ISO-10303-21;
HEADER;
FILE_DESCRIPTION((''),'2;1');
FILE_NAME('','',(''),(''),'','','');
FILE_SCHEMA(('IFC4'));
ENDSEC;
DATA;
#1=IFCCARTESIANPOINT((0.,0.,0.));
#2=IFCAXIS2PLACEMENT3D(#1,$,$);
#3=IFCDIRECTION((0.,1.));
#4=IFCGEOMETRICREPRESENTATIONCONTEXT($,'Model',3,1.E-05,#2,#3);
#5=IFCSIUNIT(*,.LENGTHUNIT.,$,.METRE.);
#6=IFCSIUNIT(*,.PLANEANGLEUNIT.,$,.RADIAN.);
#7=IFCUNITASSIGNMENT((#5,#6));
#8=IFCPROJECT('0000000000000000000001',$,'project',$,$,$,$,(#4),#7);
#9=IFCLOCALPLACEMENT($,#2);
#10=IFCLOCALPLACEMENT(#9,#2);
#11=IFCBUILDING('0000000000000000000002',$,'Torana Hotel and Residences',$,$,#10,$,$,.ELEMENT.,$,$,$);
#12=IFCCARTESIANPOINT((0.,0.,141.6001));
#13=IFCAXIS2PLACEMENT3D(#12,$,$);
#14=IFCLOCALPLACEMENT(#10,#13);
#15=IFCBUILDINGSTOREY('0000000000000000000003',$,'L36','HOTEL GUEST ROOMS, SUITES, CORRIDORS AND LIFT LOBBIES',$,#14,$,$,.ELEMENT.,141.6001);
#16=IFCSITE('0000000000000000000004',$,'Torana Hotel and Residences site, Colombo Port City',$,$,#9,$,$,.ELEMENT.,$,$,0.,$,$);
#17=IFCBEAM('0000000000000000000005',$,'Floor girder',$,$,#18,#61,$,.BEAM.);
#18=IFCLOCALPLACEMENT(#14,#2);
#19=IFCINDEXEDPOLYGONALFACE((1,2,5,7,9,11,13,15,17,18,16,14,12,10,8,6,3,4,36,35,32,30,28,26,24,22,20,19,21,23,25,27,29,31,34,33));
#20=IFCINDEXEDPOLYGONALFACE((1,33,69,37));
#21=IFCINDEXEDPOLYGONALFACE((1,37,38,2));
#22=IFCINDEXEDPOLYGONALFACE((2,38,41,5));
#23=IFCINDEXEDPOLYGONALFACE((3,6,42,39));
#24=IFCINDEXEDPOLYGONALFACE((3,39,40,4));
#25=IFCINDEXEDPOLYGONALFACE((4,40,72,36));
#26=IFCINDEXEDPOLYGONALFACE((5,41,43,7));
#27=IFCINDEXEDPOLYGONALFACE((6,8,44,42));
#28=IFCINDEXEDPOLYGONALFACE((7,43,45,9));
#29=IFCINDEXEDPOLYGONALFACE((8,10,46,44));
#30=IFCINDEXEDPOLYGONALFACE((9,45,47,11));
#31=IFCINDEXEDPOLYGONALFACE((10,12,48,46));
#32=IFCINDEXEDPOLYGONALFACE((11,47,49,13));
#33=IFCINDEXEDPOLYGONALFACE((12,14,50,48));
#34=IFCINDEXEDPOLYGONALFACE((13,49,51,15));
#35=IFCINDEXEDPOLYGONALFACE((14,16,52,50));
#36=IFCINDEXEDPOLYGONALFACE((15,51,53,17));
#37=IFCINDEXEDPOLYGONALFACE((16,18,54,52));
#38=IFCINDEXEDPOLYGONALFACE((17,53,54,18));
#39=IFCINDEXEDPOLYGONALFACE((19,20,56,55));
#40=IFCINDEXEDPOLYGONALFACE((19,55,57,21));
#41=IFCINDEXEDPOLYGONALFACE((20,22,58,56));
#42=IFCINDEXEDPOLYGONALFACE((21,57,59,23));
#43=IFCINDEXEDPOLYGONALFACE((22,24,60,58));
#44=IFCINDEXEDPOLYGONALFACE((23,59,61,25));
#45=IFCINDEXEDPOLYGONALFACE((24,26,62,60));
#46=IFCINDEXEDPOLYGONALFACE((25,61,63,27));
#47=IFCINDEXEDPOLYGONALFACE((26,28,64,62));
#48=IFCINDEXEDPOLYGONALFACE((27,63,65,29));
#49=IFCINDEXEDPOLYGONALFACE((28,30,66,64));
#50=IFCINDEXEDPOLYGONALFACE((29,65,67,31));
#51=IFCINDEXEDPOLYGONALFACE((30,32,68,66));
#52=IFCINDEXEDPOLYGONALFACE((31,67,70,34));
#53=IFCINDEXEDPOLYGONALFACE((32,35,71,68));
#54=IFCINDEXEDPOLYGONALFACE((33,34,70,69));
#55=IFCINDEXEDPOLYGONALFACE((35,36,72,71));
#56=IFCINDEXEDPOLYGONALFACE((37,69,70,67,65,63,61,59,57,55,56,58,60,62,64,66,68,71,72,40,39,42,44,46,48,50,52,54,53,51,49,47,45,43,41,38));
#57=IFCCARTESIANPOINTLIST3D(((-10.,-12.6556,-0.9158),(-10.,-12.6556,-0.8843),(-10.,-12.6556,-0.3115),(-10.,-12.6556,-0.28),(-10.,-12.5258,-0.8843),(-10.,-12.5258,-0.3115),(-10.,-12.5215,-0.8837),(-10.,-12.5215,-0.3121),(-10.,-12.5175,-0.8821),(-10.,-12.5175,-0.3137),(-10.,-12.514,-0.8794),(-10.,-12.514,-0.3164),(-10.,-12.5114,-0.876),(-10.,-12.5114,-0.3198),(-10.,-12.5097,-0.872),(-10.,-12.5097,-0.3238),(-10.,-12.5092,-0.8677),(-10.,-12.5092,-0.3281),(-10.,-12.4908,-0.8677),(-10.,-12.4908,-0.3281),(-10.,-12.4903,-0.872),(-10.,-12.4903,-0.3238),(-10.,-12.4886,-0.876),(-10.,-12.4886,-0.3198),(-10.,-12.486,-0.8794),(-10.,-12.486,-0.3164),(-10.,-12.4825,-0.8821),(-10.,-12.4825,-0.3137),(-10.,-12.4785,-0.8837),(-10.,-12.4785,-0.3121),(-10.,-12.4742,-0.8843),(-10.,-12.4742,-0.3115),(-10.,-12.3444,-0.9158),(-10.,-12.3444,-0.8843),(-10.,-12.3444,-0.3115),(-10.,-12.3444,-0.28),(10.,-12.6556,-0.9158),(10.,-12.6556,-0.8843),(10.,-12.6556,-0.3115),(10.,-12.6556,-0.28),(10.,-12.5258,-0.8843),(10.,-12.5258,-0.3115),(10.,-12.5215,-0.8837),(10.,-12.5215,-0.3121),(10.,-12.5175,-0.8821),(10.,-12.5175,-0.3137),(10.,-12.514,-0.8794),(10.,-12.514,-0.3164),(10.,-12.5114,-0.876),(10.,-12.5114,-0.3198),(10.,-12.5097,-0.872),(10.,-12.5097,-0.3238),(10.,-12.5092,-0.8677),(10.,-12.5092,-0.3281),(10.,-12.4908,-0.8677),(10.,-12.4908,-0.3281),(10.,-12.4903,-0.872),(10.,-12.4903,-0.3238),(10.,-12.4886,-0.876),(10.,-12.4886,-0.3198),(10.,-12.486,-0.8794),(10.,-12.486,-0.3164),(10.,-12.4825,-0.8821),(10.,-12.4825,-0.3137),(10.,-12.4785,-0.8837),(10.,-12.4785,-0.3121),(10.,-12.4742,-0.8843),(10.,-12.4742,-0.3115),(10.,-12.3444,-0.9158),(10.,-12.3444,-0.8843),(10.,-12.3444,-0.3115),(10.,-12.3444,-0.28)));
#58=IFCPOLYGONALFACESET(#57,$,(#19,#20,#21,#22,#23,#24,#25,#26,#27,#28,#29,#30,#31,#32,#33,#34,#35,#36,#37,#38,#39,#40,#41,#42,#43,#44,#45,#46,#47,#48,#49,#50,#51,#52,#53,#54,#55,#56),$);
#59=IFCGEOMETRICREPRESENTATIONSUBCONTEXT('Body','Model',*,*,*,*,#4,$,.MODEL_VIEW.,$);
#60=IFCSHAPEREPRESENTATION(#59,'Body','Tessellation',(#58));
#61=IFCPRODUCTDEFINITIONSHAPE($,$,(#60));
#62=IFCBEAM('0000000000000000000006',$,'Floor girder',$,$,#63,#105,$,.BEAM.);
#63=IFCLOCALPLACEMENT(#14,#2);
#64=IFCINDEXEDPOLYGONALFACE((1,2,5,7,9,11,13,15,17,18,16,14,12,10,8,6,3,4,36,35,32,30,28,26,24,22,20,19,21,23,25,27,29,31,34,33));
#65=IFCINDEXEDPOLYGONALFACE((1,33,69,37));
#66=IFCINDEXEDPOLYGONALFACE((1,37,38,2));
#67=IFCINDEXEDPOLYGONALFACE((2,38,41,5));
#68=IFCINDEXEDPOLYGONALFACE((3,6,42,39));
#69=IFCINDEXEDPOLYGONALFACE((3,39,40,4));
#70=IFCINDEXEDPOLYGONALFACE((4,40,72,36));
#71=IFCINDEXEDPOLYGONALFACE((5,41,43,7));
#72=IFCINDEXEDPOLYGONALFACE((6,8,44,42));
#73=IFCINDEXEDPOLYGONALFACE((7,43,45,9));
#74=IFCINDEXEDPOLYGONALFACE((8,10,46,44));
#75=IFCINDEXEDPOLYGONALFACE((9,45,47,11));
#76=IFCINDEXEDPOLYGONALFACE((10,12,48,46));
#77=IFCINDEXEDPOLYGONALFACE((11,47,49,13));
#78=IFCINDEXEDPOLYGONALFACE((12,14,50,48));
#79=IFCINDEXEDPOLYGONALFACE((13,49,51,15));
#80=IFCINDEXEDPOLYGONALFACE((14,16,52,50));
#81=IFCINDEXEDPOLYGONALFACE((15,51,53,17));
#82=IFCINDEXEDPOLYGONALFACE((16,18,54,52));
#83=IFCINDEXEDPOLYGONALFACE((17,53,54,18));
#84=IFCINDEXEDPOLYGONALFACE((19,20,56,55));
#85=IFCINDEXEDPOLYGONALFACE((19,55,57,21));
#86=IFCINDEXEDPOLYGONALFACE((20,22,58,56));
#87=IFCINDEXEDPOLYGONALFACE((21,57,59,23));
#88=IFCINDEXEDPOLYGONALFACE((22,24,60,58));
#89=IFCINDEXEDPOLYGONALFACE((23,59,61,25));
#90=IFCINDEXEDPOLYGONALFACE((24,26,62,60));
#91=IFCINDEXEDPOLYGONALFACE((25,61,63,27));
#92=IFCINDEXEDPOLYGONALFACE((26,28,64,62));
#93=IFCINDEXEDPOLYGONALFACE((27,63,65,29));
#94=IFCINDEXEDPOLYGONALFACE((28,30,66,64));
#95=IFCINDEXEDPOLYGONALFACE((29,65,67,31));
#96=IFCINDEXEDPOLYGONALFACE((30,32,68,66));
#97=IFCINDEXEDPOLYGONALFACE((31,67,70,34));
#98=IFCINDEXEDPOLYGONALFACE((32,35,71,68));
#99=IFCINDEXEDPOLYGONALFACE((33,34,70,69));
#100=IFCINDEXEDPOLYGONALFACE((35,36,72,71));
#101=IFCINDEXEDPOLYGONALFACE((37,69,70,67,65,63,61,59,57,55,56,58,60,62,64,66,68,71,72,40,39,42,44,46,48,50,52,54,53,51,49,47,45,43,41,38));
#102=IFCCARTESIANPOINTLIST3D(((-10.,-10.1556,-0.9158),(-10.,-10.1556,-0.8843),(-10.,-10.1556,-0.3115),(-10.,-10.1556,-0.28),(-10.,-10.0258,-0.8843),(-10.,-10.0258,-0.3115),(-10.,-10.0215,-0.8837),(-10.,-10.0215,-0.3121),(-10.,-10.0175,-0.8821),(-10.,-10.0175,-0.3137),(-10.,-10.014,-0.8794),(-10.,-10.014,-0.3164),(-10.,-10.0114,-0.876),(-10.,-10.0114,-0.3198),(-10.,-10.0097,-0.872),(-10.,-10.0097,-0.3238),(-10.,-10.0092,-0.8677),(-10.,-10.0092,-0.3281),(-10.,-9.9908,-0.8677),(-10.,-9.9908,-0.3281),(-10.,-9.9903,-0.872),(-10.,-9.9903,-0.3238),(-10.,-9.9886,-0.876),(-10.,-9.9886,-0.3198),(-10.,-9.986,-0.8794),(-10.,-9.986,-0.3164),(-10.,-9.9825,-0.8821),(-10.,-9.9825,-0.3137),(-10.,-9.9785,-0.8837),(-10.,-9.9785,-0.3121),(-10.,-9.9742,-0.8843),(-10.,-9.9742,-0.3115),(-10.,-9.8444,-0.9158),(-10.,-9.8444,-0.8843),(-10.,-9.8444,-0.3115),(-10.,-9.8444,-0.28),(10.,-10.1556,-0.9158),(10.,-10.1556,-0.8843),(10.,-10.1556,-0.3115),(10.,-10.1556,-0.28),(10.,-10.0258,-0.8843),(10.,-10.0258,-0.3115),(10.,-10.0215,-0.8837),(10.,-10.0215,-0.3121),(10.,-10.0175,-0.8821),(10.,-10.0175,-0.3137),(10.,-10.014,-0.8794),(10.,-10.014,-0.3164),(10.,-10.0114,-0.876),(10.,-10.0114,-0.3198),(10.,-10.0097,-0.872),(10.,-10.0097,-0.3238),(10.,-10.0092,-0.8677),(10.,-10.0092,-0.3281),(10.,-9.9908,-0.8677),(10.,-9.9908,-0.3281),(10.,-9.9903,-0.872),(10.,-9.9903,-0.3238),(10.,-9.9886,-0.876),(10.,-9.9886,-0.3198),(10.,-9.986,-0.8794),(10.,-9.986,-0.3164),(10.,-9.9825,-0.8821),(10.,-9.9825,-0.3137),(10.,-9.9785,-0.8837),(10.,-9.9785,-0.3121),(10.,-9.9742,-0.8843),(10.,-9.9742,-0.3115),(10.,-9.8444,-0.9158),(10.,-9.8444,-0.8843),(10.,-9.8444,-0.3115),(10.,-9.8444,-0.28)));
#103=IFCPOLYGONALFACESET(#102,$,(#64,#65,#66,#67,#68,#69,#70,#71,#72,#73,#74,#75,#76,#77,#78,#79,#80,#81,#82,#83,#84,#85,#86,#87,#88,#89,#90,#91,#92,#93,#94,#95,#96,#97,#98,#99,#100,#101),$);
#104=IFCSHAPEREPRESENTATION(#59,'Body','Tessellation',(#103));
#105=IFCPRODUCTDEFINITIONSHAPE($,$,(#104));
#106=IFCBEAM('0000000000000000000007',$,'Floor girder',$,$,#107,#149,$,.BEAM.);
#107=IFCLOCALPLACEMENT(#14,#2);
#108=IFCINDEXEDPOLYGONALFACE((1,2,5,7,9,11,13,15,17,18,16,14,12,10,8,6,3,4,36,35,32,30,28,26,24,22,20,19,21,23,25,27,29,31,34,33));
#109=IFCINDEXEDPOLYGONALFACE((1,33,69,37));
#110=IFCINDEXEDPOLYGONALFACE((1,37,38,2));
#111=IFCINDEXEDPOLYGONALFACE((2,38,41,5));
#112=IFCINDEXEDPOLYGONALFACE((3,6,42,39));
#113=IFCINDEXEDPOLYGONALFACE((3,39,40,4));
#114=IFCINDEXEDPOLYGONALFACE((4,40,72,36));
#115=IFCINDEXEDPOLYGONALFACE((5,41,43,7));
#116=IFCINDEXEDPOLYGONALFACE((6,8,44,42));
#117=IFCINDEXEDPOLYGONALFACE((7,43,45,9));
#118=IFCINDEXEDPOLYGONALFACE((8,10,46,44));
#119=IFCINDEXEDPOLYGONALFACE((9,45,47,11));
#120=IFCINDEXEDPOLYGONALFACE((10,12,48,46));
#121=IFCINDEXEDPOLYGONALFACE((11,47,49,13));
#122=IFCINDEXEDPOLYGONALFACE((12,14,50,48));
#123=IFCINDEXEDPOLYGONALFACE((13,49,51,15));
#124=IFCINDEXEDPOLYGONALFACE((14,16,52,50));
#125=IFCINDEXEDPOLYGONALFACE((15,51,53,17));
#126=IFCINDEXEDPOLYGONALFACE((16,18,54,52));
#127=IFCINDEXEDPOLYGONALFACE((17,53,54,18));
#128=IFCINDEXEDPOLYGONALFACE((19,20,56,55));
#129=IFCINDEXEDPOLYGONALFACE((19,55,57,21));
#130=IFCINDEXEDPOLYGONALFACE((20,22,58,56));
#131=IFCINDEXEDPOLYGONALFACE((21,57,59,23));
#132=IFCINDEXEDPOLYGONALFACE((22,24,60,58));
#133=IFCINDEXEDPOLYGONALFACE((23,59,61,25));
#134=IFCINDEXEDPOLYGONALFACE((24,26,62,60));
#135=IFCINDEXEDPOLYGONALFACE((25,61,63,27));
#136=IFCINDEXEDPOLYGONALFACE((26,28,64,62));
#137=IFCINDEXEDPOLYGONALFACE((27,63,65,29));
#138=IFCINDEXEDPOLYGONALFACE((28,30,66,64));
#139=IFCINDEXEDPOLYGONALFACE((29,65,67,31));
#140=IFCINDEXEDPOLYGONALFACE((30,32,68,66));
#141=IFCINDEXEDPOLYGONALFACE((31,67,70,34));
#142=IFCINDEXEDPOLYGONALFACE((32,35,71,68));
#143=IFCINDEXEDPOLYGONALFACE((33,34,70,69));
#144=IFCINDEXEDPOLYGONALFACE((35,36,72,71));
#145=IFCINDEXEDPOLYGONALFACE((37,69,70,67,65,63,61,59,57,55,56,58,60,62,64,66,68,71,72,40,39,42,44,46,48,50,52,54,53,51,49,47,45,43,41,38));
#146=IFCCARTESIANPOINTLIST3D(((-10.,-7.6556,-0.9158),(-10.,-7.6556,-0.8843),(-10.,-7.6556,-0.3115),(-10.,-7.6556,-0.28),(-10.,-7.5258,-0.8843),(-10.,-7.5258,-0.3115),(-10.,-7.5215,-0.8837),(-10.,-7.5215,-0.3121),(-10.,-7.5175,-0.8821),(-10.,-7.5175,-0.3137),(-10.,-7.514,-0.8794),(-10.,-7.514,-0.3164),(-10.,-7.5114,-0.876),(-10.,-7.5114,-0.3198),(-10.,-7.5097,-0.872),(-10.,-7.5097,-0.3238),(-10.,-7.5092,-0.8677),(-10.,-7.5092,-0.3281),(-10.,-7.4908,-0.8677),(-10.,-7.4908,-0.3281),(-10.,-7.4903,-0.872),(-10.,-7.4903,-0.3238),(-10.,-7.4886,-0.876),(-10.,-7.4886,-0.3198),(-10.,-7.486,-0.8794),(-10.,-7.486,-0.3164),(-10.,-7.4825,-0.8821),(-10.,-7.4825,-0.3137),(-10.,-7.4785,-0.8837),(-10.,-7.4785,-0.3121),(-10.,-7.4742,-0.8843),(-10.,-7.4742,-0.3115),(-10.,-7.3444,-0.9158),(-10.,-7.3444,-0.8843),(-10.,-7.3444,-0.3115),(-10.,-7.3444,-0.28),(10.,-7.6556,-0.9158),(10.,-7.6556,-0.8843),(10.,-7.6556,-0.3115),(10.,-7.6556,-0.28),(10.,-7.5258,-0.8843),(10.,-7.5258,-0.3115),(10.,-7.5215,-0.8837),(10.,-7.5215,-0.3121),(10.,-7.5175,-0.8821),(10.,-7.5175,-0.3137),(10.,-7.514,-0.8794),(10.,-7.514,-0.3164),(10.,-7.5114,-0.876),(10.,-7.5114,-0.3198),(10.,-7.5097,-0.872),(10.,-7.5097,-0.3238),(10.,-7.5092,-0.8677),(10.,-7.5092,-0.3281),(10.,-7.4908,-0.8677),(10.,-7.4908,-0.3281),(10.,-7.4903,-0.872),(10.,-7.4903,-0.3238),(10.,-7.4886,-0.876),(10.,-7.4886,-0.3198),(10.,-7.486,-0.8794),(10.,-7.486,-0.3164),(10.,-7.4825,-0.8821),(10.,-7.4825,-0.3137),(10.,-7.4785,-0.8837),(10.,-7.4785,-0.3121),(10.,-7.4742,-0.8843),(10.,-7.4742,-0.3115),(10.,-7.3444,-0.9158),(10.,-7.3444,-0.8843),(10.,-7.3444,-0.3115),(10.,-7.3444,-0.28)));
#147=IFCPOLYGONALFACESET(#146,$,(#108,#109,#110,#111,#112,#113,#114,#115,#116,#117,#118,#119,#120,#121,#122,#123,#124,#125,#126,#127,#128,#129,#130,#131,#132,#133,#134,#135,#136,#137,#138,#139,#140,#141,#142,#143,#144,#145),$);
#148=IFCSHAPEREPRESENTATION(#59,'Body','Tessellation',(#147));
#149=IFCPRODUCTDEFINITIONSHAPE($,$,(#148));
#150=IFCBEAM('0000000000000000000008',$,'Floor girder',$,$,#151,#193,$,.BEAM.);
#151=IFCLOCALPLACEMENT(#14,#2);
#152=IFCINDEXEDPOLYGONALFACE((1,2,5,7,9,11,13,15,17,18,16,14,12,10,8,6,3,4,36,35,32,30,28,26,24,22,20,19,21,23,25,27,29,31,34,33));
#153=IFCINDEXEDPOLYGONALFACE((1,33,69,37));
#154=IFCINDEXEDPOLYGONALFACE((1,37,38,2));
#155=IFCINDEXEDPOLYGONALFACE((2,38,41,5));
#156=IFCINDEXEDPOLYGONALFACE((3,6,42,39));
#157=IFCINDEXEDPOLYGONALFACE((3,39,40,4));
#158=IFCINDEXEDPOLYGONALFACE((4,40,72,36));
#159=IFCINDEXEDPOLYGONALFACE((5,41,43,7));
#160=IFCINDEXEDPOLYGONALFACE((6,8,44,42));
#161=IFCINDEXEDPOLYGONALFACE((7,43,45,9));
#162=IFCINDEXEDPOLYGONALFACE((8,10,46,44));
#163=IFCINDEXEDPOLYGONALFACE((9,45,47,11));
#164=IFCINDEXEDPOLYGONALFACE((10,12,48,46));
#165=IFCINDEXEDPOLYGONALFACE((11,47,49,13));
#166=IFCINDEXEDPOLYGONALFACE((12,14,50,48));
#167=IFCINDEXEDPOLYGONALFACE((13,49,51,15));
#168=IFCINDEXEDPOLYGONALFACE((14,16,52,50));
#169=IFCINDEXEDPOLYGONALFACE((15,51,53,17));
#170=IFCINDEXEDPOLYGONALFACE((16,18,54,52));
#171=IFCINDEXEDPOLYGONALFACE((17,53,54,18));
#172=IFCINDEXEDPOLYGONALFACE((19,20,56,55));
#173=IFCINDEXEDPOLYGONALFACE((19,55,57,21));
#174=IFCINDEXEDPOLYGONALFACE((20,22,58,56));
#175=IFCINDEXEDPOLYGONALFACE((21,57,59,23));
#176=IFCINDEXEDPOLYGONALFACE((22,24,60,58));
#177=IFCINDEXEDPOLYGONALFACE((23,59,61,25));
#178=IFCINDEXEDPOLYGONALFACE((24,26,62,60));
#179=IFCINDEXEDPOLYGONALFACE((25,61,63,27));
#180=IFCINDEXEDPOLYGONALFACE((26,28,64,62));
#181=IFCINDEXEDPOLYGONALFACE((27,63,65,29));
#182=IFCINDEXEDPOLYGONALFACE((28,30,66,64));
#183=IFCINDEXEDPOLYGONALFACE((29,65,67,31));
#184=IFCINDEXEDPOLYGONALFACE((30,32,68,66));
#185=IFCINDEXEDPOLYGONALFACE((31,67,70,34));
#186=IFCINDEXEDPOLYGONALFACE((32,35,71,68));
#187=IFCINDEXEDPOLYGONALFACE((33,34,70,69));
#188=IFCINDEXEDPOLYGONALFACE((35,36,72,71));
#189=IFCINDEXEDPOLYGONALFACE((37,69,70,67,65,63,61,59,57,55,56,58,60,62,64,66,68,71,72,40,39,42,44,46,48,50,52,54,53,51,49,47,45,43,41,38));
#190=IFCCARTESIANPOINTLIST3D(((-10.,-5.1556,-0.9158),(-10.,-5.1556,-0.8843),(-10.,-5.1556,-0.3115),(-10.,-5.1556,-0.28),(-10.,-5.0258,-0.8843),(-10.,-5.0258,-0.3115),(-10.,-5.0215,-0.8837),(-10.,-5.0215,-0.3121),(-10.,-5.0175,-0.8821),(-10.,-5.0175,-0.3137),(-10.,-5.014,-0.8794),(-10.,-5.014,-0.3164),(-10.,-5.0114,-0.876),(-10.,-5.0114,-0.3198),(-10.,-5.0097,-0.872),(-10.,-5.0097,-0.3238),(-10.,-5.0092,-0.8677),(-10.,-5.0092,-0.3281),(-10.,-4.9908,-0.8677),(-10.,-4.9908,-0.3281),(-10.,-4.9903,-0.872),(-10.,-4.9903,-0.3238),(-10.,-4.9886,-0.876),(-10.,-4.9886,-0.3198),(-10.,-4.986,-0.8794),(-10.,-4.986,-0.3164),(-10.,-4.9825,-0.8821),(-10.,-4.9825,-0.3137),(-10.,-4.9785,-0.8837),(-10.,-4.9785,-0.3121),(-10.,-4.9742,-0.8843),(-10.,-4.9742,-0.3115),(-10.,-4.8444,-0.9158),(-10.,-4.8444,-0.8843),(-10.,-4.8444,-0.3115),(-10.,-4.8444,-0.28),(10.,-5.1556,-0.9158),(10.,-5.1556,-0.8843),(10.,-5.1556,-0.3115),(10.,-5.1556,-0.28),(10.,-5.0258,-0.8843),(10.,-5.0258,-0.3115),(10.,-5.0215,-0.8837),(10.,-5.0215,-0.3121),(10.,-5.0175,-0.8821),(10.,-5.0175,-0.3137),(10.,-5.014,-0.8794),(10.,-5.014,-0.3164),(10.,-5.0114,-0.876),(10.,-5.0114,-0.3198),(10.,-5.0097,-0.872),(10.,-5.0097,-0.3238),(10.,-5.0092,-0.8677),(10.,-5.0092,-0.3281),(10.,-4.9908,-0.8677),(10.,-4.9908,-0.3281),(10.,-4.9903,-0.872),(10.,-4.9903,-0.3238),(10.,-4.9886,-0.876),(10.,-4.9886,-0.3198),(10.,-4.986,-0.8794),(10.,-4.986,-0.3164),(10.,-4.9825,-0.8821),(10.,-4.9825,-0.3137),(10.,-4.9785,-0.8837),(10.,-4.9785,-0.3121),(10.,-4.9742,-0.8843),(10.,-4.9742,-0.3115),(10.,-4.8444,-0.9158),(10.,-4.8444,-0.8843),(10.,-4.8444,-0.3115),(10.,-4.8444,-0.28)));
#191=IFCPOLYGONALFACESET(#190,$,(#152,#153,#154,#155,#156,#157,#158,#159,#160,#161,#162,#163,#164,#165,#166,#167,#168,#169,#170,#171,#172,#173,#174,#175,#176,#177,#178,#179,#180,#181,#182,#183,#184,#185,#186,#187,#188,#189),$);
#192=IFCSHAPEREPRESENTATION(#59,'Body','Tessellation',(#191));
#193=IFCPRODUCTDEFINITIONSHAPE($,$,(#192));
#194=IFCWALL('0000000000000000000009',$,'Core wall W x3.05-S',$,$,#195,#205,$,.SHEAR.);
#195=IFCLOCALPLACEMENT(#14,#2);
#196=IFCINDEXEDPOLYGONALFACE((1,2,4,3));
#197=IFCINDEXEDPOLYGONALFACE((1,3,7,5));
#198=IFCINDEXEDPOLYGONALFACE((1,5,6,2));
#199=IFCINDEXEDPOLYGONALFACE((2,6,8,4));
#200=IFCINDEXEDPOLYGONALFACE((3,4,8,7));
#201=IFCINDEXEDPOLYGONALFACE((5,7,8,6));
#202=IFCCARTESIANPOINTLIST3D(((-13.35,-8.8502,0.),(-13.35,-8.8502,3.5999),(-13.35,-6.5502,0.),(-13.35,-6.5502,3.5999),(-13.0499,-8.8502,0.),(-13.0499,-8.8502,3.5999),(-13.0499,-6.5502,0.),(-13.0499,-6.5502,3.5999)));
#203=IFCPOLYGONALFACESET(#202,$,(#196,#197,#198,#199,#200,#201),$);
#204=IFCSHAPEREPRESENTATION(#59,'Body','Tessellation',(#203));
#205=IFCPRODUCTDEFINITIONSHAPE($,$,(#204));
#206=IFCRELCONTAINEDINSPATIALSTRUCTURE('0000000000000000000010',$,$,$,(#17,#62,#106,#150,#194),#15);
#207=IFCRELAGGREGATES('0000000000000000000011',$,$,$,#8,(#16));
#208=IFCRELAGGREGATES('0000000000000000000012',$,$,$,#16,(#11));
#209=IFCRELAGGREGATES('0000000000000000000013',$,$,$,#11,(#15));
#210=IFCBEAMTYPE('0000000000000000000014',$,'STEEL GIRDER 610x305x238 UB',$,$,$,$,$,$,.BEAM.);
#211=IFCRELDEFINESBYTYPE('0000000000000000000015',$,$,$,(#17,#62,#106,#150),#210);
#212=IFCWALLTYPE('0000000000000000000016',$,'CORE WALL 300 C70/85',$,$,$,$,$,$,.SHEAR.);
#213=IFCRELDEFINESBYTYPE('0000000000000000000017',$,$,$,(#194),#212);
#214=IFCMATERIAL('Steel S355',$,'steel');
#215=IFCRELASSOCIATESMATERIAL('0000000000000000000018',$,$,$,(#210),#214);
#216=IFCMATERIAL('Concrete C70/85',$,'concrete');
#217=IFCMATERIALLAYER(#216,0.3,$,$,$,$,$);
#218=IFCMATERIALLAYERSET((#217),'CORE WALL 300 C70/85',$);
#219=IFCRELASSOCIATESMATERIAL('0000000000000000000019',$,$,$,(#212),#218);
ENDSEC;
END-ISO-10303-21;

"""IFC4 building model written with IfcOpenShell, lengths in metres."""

from ifc_helpers import new_model, si_unit, direction, frame, frame_2d, origin, origin_2d, place, context, subcontext, project, spatial, rectangle, i_section, extrude, material, layer, layer_set, material_profile, profile_set, type_object, element, save


model = new_model("IFC4")

# Units and contexts
model_context = context("Model", 3, precision=1e-05, world=origin(), true_north=direction((0.0, 1.0)))
body_context = subcontext(model_context, "Body", "Model", "MODEL_VIEW")
ifc_project = project(units=[si_unit("LENGTHUNIT", "METRE"), si_unit("PLANEANGLEUNIT", "RADIAN")], contexts=[model_context])

# Site, building, storey
site_placement = place(None, origin())
site = spatial("IfcSite", under=ifc_project, at=site_placement, Name="Torana Hotel and Residences site, Colombo Port City", CompositionType="ELEMENT", RefElevation=0.0)
building_placement = place(site_placement, origin())
building = spatial("IfcBuilding", under=site, at=building_placement, Name="Torana Hotel and Residences", CompositionType="ELEMENT")
storey_placement = place(building_placement, frame((0.0, 0.0, 141.6001)))
storey = spatial("IfcBuildingStorey", under=building, at=storey_placement, Name="L36", Description="HOTEL GUEST ROOMS, SUITES, CORRIDORS AND LIFT LOBBIES", CompositionType="ELEMENT", Elevation=141.6001)

# Beams
ifc_material_1 = material(Name="Steel S355", Category="steel")
ifc_material_profile = material_profile(ifc_material_1, i_section(OverallWidth=0.3113, OverallDepth=0.6357, WebThickness=0.0183, FlangeThickness=0.0315, FilletRadius=0.0166, at=origin_2d()), Name="610x305x238 UB")
ifc_profile_set = profile_set([ifc_material_profile], Name="Steel S355")
beam_type = type_object("IfcBeamType", Name="STEEL GIRDER 610x305x238 UB", PredefinedType="BEAM", material=ifc_profile_set)
for number, where, z_axis, x_axis, name in (
    (1, (-10.0, -12.5, -0.5979), (1.0, 0.0, 0.0), (0.0, 1.0, 0.0), "Floor girder"),
    (2, (-10.0, -10.0, -0.5979), (1.0, 0.0, 0.0), (0.0, 1.0, 0.0), "Floor girder"),
    (3, (-10.0, -7.5, -0.5979), (1.0, 0.0, 0.0), (0.0, 1.0, 0.0), "Floor girder"),
    (4, (-10.0, -5.0, -0.5979), (1.0, 0.0, 0.0), (0.0, 1.0, 0.0), "Floor girder"),
):
    element("IfcBeam", number, at=place(storey_placement, frame(where, z_axis=z_axis, x_axis=x_axis)), inside=storey, type_object=beam_type, Name=name, PredefinedType="BEAM", context=body_context, shape_type="SweptSolid", body=[
        extrude(i_section(OverallWidth=0.3113, OverallDepth=0.6357, WebThickness=0.0183, FlangeThickness=0.0315, FilletRadius=0.0166, at=origin_2d()), origin(), (0.0, 0.0, 1.0), 20.0),
    ])

# Wall
ifc_material_2 = material(Name="Concrete C70/85", Category="concrete")
ifc_layer_1 = layer(ifc_material_2, 0.3)
ifc_layer_set_1 = layer_set([ifc_layer_1], Name="CORE WALL 300 C70/85")
wall_type_1 = type_object("IfcWallType", Name="CORE WALL 300 C70/85", PredefinedType="SHEAR", material=ifc_layer_set_1)
wall_1_placement = place(storey_placement, frame((-13.2, -8.8501, 0.0), z_axis=(0.0, 0.0, 1.0), x_axis=(0.0, 1.0, 0.0)))
element("IfcWall", 5, at=wall_1_placement, inside=storey, type_object=wall_type_1, Name="Core wall W x3.05-S", PredefinedType="SHEAR", context=body_context, shape_type="SweptSolid", body=[
    extrude(rectangle(XDim=2.3, YDim=0.3, at=frame_2d((1.1499, 0.0))), origin(), (0.0, 0.0, 1.0), 3.5999),
])

save(model, "model.ifc")
